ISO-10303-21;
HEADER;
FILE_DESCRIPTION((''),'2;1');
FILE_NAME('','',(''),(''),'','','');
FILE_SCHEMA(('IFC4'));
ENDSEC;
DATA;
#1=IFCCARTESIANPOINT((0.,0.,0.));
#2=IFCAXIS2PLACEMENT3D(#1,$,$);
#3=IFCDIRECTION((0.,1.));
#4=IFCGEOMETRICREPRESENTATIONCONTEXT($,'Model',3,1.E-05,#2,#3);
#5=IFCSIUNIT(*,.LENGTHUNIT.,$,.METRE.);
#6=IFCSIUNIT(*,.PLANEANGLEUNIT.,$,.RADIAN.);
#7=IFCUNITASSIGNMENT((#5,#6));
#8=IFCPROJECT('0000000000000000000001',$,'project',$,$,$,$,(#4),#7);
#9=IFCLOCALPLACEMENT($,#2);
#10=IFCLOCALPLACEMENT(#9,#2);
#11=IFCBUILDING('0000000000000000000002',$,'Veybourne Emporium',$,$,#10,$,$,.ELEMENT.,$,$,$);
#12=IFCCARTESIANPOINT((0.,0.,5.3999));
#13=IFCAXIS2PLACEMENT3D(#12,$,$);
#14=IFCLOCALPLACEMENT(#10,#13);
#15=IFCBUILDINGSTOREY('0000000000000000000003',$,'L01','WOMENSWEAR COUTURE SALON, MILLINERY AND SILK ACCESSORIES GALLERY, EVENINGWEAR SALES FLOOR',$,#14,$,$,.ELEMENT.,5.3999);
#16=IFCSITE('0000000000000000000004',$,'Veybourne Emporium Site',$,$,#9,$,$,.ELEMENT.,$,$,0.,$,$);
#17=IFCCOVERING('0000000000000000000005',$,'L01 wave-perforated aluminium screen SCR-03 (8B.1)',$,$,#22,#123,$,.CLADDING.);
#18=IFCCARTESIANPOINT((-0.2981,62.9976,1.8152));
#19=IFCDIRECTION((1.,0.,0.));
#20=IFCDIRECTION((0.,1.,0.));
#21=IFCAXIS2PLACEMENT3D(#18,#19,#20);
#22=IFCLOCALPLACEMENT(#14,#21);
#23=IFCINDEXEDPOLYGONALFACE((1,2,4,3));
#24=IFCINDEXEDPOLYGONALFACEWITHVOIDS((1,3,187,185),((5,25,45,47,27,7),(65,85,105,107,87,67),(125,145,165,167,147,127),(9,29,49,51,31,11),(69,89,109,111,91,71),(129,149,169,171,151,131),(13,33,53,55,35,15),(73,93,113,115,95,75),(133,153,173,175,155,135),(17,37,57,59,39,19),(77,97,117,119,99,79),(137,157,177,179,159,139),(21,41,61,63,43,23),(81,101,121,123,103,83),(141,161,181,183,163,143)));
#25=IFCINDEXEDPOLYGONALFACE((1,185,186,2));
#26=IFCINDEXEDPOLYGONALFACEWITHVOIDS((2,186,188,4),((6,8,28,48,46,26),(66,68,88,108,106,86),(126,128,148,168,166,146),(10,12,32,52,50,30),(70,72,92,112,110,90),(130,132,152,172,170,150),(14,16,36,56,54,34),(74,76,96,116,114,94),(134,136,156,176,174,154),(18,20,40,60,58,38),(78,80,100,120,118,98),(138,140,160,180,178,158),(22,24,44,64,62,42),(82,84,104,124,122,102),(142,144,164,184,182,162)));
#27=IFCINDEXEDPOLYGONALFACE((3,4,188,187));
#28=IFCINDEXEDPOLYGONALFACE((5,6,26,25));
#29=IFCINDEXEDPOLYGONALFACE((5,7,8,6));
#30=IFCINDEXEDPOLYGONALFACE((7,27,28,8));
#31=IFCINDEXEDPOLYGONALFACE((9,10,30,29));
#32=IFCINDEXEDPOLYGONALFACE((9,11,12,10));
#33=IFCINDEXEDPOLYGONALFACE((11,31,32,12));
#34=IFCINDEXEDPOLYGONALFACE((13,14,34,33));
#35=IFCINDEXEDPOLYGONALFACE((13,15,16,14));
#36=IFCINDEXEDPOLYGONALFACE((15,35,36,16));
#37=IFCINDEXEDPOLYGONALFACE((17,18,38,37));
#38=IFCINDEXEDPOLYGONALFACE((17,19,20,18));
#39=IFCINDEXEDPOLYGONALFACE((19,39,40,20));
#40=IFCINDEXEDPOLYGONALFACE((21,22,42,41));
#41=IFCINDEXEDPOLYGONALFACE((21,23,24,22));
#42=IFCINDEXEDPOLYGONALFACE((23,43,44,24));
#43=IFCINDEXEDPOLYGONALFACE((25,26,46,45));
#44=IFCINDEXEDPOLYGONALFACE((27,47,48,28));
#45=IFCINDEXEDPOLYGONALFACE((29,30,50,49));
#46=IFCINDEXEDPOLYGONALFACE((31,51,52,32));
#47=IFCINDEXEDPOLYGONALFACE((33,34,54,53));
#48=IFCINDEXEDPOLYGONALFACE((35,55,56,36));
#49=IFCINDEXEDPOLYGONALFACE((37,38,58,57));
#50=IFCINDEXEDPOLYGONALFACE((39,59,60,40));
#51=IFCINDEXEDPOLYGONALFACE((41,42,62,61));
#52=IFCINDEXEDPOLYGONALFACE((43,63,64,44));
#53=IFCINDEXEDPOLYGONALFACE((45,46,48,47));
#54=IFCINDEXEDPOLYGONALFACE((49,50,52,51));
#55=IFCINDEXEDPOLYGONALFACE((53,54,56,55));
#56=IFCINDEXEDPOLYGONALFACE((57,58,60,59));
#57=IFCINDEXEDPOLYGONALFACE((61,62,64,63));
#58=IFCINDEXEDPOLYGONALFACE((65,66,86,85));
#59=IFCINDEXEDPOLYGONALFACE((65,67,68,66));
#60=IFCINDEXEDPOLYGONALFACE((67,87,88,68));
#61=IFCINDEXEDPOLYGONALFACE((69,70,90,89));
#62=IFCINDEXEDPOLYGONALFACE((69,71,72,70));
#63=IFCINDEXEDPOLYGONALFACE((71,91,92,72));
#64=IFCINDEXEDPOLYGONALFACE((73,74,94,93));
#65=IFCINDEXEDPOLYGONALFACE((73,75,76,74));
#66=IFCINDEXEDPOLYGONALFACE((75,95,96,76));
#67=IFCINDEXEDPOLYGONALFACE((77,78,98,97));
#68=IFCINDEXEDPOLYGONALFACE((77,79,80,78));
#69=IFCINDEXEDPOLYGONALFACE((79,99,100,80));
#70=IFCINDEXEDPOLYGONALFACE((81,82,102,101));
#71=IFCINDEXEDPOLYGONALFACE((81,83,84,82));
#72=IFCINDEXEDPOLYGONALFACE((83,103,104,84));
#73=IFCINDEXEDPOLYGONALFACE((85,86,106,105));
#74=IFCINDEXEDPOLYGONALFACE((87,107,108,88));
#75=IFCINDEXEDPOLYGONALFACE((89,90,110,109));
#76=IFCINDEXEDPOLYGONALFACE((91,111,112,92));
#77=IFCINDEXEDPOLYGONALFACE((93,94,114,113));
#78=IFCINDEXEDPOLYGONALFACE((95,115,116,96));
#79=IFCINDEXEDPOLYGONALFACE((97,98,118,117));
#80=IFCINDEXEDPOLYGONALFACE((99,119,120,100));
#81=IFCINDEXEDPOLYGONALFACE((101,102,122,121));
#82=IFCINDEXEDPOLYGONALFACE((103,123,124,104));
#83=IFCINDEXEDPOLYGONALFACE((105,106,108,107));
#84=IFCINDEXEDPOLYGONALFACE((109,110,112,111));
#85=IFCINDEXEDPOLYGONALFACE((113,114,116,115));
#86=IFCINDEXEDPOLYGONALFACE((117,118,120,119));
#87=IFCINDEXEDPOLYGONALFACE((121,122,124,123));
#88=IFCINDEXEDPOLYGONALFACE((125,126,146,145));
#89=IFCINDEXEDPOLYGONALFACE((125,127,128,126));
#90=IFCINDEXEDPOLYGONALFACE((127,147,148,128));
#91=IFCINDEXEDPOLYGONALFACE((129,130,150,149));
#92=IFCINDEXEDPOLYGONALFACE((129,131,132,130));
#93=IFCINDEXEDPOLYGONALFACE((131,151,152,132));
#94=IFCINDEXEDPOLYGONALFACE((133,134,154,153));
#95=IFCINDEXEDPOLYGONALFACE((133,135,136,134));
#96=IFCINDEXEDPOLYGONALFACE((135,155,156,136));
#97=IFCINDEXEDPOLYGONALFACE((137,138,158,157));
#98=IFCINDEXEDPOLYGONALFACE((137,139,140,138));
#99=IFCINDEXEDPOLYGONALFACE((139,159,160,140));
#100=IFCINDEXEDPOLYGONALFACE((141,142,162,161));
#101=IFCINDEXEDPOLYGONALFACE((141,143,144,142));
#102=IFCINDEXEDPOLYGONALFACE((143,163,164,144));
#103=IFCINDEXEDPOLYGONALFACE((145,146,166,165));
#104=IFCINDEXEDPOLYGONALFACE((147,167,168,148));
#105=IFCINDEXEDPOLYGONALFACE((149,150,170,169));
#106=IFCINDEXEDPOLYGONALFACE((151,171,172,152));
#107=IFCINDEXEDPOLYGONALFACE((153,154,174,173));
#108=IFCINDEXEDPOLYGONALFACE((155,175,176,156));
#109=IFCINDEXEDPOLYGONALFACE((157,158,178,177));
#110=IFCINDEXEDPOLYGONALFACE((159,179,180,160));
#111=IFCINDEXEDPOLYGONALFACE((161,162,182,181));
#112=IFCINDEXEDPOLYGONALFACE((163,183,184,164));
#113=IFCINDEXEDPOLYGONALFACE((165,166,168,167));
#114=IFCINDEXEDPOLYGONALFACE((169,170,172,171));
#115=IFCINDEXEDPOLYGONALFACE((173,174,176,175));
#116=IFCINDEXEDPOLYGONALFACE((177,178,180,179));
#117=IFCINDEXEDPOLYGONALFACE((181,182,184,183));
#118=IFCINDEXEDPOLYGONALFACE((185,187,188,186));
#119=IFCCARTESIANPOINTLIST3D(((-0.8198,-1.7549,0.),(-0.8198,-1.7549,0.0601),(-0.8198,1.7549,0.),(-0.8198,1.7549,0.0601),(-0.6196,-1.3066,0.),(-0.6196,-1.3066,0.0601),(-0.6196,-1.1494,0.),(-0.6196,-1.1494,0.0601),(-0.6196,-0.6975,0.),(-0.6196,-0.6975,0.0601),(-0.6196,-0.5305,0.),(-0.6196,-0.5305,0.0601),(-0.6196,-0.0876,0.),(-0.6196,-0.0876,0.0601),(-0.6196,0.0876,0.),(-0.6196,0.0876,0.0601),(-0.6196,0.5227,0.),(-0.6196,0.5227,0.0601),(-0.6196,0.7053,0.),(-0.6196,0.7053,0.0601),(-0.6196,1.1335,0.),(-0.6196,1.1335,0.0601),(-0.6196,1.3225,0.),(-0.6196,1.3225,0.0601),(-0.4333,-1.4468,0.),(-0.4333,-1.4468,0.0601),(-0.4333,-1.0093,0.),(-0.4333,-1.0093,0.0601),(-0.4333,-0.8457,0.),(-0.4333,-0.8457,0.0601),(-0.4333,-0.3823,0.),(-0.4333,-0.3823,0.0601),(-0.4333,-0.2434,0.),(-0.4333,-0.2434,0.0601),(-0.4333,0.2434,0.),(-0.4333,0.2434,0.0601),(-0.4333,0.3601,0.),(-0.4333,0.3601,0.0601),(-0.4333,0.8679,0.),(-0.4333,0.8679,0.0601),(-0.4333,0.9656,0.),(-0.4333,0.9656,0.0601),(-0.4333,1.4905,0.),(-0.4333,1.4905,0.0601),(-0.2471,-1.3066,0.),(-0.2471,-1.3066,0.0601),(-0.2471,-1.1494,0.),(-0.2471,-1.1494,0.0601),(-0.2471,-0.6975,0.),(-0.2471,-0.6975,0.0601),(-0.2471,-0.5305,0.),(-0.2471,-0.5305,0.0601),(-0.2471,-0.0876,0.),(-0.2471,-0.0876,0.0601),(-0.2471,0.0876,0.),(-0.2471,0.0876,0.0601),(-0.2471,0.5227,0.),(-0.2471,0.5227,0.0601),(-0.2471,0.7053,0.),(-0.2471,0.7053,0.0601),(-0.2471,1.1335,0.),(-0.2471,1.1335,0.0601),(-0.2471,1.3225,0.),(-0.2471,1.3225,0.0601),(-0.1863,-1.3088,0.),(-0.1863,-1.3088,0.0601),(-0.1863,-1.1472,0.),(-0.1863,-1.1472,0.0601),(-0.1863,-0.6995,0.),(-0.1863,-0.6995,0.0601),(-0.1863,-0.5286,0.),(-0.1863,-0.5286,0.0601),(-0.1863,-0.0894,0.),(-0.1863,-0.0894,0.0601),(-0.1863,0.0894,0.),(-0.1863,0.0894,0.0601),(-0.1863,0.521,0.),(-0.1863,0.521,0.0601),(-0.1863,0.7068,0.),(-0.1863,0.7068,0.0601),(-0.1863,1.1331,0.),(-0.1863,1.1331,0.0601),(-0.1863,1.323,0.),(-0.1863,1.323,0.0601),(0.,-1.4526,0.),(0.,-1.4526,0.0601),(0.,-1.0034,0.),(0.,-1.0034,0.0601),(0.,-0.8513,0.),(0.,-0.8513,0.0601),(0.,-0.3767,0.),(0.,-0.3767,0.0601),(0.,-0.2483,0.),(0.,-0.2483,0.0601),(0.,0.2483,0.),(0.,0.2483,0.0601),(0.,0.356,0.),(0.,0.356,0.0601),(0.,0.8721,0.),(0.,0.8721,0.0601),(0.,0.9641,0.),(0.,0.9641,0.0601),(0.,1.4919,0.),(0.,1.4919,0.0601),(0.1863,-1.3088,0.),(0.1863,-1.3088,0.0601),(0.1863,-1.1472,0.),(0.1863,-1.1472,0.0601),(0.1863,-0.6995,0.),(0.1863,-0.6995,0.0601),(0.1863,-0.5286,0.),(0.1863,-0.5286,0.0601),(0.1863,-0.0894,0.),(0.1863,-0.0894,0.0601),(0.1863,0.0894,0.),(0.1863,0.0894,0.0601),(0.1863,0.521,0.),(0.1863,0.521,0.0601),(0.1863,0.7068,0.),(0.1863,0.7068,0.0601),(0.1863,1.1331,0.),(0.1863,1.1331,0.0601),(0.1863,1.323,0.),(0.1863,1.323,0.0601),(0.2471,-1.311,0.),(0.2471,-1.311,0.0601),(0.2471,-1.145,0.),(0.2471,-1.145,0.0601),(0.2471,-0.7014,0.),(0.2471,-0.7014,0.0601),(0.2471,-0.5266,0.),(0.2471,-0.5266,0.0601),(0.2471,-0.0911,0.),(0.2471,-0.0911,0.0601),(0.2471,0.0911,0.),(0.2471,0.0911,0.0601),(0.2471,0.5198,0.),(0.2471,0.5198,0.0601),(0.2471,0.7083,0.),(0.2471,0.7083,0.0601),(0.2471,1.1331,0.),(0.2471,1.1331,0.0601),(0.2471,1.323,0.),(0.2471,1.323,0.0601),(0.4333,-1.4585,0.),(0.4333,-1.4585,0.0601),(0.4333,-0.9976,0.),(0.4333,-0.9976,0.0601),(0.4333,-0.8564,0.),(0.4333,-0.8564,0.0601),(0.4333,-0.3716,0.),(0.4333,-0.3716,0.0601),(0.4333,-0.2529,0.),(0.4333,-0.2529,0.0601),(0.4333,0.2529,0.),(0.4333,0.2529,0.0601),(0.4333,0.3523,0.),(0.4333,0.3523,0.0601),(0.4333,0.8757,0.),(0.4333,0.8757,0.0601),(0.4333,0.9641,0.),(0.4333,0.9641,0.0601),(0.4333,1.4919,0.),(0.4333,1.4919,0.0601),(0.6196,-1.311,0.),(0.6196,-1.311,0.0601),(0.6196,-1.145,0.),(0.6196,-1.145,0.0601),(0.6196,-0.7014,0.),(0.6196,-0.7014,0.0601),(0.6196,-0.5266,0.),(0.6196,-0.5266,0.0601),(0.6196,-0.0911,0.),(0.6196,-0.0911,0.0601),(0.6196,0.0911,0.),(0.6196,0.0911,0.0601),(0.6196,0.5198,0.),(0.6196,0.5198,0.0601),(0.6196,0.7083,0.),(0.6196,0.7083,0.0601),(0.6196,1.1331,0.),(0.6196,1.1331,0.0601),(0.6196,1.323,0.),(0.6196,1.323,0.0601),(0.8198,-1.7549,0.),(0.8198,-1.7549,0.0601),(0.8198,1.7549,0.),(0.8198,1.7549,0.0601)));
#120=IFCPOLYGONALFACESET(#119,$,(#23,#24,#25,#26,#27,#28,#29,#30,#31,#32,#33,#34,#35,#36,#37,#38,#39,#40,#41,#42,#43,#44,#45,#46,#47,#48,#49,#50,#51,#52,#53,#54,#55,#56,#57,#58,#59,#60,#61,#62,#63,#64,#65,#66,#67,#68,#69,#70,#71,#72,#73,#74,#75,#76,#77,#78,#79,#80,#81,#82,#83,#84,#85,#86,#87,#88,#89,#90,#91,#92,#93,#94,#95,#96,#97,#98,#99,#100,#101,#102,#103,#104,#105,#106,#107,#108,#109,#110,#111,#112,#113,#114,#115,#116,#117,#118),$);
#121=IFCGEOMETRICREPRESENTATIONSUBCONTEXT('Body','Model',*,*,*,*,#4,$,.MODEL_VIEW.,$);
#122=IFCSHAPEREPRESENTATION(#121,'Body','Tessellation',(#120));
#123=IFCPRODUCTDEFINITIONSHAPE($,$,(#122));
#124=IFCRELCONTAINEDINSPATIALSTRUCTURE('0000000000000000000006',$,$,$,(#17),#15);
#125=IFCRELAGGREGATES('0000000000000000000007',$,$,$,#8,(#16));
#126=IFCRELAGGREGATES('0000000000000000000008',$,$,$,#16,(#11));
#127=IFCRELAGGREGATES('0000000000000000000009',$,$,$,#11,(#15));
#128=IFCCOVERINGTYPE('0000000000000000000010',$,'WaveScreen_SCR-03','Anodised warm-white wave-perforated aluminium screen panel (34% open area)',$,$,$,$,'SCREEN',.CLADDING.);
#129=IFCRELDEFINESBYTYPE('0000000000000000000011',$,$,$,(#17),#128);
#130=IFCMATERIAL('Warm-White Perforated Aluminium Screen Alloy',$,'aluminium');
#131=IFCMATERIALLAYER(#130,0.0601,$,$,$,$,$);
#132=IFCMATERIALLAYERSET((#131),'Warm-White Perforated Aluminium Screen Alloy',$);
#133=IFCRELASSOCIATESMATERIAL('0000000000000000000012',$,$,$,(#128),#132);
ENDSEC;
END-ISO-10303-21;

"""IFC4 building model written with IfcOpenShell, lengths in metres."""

from ifc_helpers import new_model, si_unit, direction, frame, origin, place, context, subcontext, project, spatial, polyline, outline, extrude, material, layer, layer_set, type_object, element, save


model = new_model("IFC4")

# Units and contexts
model_context = context("Model", 3, precision=1e-05, world=origin(), true_north=direction((0.0, 1.0)))
body_context = subcontext(model_context, "Body", "Model", "MODEL_VIEW")
ifc_project = project(units=[si_unit("LENGTHUNIT", "METRE"), si_unit("PLANEANGLEUNIT", "RADIAN")], contexts=[model_context])

# Site, building, storey
site_placement = place(None, origin())
site = spatial("IfcSite", under=ifc_project, at=site_placement, Name="Veybourne Emporium Site", CompositionType="ELEMENT", RefElevation=0.0)
building_placement = place(site_placement, origin())
building = spatial("IfcBuilding", under=site, at=building_placement, Name="Veybourne Emporium", CompositionType="ELEMENT")
storey_placement = place(building_placement, frame((0.0, 0.0, 5.3999)))
storey = spatial("IfcBuildingStorey", under=building, at=storey_placement, Name="L01", Description="WOMENSWEAR COUTURE SALON, MILLINERY AND SILK ACCESSORIES GALLERY, EVENINGWEAR SALES FLOOR", CompositionType="ELEMENT", Elevation=5.3999)

# Covering
ifc_material_1 = material(Name="Warm-White Perforated Aluminium Screen Alloy", Category="aluminium")
ifc_layer_1 = layer(ifc_material_1, 0.0601)
ifc_layer_set_1 = layer_set([ifc_layer_1], Name="Warm-White Perforated Aluminium Screen Alloy")
covering_type_1 = type_object("IfcCoveringType", Name="WaveScreen_SCR-03", Description="Anodised warm-white wave-perforated aluminium screen panel (34% open area)", ElementType="SCREEN", PredefinedType="CLADDING", material=ifc_layer_set_1)
covering_1_placement = place(storey_placement, frame((-0.2981, 62.9976, 1.8152), z_axis=(1.0, 0.0, 0.0), x_axis=(0.0, 1.0, 0.0)))
element("IfcCovering", 1, at=covering_1_placement, inside=storey, type_object=covering_type_1, Name="L01 wave-perforated aluminium screen SCR-03 (8B.1)", PredefinedType="CLADDING", context=body_context, shape_type="SweptSolid", body=[
    extrude(outline(polyline([(-0.8198, -1.7549), (0.8198, -1.7549), (0.8198, 1.7549), (-0.8198, 1.7549), (-0.8198, -1.7549)]), holes=[polyline([(-0.4333, -1.0093), (-0.2471, -1.1494), (-0.2471, -1.3066), (-0.4333, -1.4468), (-0.6196, -1.3066), (-0.6196, -1.1494), (-0.4333, -1.0093)]), polyline([(-0.4333, -0.3823), (-0.2471, -0.5305), (-0.2471, -0.6975), (-0.4333, -0.8457), (-0.6196, -0.6975), (-0.6196, -0.5305), (-0.4333, -0.3823)]), polyline([(-0.4333, 0.2434), (-0.2471, 0.0876), (-0.2471, -0.0876), (-0.4333, -0.2434), (-0.6196, -0.0876), (-0.6196, 0.0876), (-0.4333, 0.2434)]), polyline([(-0.4333, 0.8679), (-0.2471, 0.7053), (-0.2471, 0.5227), (-0.4333, 0.3601), (-0.6196, 0.5227), (-0.6196, 0.7053), (-0.4333, 0.8679)]), polyline([(-0.4333, 1.4905), (-0.2471, 1.3225), (-0.2471, 1.1335), (-0.4333, 0.9656), (-0.6196, 1.1335), (-0.6196, 1.3225), (-0.4333, 1.4905)]), polyline([(0.0, -1.0034), (0.1863, -1.1472), (0.1863, -1.3088), (0.0, -1.4526), (-0.1863, -1.3088), (-0.1863, -1.1472), (0.0, -1.0034)]), polyline([(0.0, -0.3767), (0.1863, -0.5286), (0.1863, -0.6995), (0.0, -0.8513), (-0.1863, -0.6995), (-0.1863, -0.5286), (0.0, -0.3767)]), polyline([(0.0, 0.2483), (0.1863, 0.0894), (0.1863, -0.0894), (0.0, -0.2483), (-0.1863, -0.0894), (-0.1863, 0.0894), (0.0, 0.2483)]), polyline([(0.0, 0.8721), (0.1863, 0.7068), (0.1863, 0.521), (0.0, 0.356), (-0.1863, 0.521), (-0.1863, 0.7068), (0.0, 0.8721)]), polyline([(0.0, 1.4919), (0.1863, 1.323), (0.1863, 1.1331), (0.0, 0.9641), (-0.1863, 1.1331), (-0.1863, 1.323), (0.0, 1.4919)]), polyline([(0.4333, -0.9976), (0.6196, -1.145), (0.6196, -1.311), (0.4333, -1.4585), (0.2471, -1.311), (0.2471, -1.145), (0.4333, -0.9976)]), polyline([(0.4333, -0.3716), (0.6196, -0.5266), (0.6196, -0.7014), (0.4333, -0.8564), (0.2471, -0.7014), (0.2471, -0.5266), (0.4333, -0.3716)]), polyline([(0.4333, 0.2529), (0.6196, 0.0911), (0.6196, -0.0911), (0.4333, -0.2529), (0.2471, -0.0911), (0.2471, 0.0911), (0.4333, 0.2529)]), polyline([(0.4333, 0.8757), (0.6196, 0.7083), (0.6196, 0.5198), (0.4333, 0.3523), (0.2471, 0.5198), (0.2471, 0.7083), (0.4333, 0.8757)]), polyline([(0.4333, 1.4919), (0.6196, 1.323), (0.6196, 1.1331), (0.4333, 0.9641), (0.2471, 1.1331), (0.2471, 1.323), (0.4333, 1.4919)])]), origin(), (0.0, 0.0, 1.0), 0.0601),
])

save(model, "model.ifc")
